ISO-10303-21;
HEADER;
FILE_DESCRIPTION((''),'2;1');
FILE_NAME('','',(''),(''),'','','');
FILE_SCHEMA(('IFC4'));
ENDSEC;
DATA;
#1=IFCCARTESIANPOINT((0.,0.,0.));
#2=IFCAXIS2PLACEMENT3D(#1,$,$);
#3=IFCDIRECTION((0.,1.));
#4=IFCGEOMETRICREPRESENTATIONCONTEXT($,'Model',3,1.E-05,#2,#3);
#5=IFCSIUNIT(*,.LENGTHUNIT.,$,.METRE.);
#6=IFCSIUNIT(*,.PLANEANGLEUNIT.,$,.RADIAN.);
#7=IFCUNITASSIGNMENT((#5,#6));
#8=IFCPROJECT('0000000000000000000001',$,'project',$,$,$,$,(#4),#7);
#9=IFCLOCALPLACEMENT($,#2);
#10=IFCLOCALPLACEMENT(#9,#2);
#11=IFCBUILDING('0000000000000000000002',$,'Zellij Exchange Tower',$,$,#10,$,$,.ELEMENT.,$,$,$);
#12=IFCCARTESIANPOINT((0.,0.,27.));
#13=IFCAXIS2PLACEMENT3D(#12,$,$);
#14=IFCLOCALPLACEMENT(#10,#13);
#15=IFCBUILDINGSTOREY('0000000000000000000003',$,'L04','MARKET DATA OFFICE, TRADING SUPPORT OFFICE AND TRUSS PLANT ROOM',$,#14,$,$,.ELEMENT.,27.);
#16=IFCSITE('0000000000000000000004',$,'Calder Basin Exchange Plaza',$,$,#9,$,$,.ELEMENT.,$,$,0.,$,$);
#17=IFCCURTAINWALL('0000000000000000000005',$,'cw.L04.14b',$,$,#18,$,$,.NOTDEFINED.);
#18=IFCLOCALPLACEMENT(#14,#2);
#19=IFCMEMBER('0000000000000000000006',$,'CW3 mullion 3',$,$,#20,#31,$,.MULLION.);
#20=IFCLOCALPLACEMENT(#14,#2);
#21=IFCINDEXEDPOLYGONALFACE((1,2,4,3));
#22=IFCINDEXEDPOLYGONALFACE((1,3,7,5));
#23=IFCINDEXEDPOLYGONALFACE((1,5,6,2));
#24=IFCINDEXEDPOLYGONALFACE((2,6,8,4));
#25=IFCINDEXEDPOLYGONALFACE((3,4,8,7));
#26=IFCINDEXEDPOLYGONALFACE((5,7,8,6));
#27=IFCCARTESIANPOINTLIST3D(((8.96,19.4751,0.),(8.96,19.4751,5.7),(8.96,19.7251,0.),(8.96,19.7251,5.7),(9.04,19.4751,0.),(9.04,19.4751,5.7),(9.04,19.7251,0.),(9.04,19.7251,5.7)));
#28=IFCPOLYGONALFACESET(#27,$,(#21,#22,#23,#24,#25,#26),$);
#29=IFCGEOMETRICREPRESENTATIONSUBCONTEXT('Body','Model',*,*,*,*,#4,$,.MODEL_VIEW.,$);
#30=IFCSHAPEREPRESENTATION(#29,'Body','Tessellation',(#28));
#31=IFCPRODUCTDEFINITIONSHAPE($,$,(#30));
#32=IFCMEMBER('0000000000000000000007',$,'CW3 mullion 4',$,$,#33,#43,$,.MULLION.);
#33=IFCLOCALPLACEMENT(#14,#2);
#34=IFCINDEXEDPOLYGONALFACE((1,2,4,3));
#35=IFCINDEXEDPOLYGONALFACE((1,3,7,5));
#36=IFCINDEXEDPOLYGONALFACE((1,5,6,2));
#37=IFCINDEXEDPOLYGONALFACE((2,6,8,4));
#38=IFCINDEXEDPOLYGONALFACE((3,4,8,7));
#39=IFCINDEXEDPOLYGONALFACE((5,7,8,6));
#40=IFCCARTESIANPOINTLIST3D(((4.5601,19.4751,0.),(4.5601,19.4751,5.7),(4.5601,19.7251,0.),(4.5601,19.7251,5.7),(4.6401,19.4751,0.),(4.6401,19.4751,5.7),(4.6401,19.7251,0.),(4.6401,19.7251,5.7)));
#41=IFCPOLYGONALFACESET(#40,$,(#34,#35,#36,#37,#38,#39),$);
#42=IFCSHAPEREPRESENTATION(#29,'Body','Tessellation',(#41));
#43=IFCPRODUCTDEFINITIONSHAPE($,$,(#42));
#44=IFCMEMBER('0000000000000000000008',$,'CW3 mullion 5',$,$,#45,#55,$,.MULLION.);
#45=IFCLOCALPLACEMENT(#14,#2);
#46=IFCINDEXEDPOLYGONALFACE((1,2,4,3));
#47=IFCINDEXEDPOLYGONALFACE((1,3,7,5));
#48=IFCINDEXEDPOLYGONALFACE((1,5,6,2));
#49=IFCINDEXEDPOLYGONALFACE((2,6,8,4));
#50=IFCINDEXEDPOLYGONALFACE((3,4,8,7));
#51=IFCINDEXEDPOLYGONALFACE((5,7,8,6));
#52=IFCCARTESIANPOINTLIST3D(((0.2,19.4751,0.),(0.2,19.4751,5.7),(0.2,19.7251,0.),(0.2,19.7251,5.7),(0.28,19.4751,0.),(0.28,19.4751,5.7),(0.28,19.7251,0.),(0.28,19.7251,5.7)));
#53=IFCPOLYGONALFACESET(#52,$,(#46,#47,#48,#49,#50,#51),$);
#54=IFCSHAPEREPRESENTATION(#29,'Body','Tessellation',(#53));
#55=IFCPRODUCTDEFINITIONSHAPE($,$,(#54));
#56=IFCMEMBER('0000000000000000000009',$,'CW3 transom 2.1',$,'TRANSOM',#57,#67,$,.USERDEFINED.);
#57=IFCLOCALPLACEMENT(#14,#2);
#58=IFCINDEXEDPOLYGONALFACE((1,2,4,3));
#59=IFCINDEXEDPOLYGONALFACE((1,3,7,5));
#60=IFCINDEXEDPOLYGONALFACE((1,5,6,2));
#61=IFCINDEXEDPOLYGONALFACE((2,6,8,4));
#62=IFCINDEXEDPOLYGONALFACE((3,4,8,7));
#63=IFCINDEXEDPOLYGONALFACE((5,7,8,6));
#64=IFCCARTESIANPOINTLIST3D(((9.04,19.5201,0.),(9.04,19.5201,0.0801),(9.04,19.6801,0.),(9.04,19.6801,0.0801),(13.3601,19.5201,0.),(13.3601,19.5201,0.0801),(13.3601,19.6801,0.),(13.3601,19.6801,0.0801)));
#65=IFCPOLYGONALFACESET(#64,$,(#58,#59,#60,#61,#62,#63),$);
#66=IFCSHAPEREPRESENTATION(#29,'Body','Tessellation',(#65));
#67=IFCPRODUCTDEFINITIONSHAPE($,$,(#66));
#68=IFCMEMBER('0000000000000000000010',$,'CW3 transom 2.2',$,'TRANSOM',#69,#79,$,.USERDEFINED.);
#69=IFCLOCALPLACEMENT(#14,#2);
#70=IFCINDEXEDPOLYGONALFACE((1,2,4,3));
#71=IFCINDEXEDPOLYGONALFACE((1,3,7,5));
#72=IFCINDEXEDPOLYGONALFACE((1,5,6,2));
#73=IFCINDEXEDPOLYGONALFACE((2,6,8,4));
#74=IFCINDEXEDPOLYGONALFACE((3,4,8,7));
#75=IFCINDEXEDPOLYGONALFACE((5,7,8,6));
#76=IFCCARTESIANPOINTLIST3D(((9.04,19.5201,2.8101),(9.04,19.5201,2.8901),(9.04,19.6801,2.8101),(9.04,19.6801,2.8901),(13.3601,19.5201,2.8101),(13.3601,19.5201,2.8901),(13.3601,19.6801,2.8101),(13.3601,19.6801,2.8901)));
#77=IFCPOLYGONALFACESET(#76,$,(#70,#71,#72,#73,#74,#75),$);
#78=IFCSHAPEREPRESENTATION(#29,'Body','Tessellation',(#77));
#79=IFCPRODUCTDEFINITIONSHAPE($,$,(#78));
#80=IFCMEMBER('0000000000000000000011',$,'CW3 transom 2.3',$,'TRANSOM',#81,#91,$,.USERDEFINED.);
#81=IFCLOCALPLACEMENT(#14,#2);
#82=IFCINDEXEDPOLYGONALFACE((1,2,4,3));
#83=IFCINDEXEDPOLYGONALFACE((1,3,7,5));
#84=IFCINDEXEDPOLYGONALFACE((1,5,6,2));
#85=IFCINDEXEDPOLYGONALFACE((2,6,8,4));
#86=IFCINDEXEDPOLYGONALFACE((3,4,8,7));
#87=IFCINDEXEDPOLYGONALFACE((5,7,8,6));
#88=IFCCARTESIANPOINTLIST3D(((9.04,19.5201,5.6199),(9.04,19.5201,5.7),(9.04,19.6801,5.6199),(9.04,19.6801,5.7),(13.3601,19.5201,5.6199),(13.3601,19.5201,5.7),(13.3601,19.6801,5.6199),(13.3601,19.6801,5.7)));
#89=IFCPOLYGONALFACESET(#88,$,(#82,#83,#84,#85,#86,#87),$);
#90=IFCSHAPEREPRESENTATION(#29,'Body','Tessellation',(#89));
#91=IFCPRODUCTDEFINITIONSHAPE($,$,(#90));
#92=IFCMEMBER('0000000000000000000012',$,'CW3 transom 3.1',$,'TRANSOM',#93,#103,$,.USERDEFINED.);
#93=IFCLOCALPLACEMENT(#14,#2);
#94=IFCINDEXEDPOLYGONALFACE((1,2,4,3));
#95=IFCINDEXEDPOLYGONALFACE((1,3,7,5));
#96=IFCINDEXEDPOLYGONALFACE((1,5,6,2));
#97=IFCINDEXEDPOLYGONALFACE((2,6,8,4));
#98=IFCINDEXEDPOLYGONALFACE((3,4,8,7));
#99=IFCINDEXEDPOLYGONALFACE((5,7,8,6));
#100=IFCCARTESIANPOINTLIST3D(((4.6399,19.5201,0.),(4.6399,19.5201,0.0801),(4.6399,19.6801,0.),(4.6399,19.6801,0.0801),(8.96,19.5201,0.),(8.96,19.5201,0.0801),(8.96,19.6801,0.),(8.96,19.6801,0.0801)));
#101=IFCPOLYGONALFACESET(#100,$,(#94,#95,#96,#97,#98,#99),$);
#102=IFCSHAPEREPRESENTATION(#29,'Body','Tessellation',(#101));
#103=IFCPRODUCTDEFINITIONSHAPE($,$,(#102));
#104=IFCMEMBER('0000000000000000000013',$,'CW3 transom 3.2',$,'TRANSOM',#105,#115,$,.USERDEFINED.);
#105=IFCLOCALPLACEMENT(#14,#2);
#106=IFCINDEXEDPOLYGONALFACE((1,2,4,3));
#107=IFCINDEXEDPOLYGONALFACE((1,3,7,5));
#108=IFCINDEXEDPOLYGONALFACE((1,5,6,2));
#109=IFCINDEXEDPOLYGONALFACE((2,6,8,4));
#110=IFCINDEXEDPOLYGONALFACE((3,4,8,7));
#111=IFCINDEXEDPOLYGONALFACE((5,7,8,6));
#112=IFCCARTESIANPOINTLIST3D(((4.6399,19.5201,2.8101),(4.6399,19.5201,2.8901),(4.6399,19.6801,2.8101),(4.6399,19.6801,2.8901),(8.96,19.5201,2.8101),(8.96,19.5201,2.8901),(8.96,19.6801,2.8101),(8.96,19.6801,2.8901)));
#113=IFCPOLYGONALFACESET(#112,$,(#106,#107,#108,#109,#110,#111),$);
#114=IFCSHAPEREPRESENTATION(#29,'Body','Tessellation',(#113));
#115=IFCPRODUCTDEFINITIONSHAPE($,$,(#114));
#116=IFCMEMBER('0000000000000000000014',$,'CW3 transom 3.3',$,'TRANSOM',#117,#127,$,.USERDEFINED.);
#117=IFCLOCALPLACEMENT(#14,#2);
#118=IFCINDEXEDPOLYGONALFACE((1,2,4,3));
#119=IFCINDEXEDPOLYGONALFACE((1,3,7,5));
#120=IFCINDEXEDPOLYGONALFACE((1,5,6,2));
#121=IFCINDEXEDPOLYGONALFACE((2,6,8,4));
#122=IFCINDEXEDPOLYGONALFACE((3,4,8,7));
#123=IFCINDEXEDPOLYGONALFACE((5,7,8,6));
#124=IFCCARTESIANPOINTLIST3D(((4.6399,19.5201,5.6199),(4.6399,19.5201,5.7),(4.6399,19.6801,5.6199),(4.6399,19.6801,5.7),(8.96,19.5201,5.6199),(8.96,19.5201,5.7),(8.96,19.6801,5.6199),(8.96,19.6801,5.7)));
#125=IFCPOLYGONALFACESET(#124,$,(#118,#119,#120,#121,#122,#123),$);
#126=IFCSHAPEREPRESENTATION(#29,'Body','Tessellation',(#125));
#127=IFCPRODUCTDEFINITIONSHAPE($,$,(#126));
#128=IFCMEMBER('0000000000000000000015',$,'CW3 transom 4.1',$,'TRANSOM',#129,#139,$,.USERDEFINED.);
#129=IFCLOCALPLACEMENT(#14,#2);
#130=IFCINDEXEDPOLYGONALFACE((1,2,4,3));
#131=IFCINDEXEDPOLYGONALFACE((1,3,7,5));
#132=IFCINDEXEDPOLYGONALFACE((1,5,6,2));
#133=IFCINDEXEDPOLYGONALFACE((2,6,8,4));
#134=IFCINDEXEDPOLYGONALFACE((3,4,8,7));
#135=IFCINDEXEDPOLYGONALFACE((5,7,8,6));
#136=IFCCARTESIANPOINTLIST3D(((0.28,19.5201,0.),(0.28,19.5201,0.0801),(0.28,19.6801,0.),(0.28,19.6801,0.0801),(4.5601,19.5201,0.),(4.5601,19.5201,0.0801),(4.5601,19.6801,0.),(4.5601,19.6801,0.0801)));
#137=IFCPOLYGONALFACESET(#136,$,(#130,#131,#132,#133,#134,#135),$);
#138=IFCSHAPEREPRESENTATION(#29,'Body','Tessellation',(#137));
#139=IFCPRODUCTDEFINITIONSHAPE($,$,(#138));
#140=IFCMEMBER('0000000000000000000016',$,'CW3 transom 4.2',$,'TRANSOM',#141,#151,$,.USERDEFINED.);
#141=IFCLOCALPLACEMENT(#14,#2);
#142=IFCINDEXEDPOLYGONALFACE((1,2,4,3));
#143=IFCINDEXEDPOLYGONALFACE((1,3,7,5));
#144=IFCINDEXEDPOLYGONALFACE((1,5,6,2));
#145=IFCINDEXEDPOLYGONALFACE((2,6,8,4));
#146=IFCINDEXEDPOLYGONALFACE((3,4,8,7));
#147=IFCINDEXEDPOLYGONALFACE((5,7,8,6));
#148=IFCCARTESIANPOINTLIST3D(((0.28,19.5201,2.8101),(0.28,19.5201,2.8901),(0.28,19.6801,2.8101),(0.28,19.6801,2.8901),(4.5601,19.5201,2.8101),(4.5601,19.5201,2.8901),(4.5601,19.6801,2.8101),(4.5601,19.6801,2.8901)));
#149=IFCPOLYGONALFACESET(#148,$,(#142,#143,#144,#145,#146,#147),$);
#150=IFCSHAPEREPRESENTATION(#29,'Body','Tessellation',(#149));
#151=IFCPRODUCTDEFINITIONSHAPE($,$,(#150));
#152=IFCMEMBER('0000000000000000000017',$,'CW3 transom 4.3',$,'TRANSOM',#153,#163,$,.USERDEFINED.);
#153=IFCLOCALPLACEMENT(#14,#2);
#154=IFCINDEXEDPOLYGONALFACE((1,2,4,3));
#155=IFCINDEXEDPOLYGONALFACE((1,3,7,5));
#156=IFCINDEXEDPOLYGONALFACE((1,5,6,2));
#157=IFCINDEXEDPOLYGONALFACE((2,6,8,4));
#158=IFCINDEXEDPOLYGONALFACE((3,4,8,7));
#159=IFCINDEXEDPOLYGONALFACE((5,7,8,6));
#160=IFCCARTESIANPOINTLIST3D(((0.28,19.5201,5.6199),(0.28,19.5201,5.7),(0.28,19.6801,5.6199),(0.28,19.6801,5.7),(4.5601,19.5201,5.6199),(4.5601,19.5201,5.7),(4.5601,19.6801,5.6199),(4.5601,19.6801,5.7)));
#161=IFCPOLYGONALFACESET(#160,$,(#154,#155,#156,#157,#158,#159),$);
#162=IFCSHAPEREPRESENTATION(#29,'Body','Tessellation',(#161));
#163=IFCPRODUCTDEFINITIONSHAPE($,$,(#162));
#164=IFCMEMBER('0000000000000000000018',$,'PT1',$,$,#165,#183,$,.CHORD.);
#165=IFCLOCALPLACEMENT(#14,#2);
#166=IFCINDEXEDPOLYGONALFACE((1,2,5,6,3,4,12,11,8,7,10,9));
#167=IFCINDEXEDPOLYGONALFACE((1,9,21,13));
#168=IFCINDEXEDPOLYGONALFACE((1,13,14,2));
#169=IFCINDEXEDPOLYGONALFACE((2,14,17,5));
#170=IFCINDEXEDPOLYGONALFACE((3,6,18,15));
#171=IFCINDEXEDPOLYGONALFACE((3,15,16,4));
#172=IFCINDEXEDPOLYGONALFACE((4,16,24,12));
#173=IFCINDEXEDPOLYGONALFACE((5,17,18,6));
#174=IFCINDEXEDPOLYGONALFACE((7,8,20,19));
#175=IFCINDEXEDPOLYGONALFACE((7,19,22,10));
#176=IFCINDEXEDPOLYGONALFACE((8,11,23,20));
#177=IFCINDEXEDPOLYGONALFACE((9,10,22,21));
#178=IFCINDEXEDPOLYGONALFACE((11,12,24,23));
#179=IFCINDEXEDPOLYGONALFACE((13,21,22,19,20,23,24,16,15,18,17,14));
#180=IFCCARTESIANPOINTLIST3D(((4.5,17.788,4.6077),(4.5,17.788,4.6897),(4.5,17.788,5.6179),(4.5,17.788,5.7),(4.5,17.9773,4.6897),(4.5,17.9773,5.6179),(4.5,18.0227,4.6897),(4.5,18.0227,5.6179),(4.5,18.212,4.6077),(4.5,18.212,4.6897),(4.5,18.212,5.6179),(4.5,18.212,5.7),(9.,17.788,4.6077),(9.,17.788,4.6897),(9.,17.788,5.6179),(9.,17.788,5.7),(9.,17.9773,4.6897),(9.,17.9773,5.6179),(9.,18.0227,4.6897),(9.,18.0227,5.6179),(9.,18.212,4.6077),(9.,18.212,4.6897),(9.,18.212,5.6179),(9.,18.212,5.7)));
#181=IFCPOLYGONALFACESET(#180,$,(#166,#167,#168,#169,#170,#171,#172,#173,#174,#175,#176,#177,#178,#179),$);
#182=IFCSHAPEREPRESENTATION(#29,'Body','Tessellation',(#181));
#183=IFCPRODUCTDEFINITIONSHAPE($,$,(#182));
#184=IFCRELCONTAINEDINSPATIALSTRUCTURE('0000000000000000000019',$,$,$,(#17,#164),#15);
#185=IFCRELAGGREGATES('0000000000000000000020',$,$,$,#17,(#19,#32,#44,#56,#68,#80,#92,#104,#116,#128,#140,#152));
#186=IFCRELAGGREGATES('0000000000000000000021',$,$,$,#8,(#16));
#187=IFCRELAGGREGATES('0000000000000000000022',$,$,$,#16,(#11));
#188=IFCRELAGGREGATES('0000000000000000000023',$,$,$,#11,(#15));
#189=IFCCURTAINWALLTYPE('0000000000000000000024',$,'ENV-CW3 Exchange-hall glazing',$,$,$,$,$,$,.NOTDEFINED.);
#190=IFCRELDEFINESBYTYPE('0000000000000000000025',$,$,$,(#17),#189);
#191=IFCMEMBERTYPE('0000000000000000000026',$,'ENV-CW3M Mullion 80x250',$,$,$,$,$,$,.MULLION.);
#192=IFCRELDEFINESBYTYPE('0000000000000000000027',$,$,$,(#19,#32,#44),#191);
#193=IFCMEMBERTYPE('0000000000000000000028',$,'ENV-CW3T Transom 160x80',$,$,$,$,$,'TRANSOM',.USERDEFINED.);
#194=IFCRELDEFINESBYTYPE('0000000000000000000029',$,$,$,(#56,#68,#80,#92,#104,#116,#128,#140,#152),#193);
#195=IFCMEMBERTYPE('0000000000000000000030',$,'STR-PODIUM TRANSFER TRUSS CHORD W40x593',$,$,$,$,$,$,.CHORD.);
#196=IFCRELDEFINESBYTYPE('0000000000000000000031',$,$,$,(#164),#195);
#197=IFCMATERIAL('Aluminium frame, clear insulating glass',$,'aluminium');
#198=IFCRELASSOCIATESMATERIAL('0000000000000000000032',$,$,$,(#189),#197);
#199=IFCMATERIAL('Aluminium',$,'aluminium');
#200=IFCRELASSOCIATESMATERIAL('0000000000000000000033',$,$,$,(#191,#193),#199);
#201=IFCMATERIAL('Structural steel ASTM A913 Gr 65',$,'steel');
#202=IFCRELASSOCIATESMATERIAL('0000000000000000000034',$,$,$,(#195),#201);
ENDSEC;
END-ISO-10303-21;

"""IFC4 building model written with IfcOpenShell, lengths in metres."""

from ifc_helpers import new_model, si_unit, direction, frame, origin, origin_2d, place, context, subcontext, project, spatial, rectangle, i_section, extrude, material, material_profile, profile_set, type_object, element, aggregate, save


model = new_model("IFC4")

# Units and contexts
model_context = context("Model", 3, precision=1e-05, world=origin(), true_north=direction((0.0, 1.0)))
body_context = subcontext(model_context, "Body", "Model", "MODEL_VIEW")
ifc_project = project(units=[si_unit("LENGTHUNIT", "METRE"), si_unit("PLANEANGLEUNIT", "RADIAN")], contexts=[model_context])

# Site, building, storey
site_placement = place(None, origin())
site = spatial("IfcSite", under=ifc_project, at=site_placement, Name="Calder Basin Exchange Plaza", CompositionType="ELEMENT", RefElevation=0.0)
building_placement = place(site_placement, origin())
building = spatial("IfcBuilding", under=site, at=building_placement, Name="Zellij Exchange Tower", CompositionType="ELEMENT")
storey_placement = place(building_placement, frame((0.0, 0.0, 27.0)))
storey = spatial("IfcBuildingStorey", under=building, at=storey_placement, Name="L04", Description="MARKET DATA OFFICE, TRADING SUPPORT OFFICE AND TRUSS PLANT ROOM", CompositionType="ELEMENT", Elevation=27.0)

# Curtain wall, members
ifc_material_1 = material(Name="Aluminium frame, clear insulating glass", Category="aluminium")
curtain_wall_type = type_object("IfcCurtainWallType", Name="ENV-CW3 Exchange-hall glazing", PredefinedType="NOTDEFINED", material=ifc_material_1)
curtain_wall_placement = place(storey_placement, origin())
curtain_wall = element("IfcCurtainWall", 1, at=curtain_wall_placement, inside=storey, type_object=curtain_wall_type, Name="cw.L04.14b", PredefinedType="NOTDEFINED")
ifc_material_2 = material(Name="Aluminium", Category="aluminium")
ifc_material_profile_1 = material_profile(ifc_material_2, rectangle(XDim=0.0801, YDim=0.25, at=origin_2d()), Name="AL 80x250")
ifc_profile_set_1 = profile_set([ifc_material_profile_1], Name="Aluminium")
member_type_1 = type_object("IfcMemberType", Name="ENV-CW3M Mullion 80x250", PredefinedType="MULLION", material=ifc_profile_set_1)
member_1_placement = place(storey_placement, frame((9.0, 19.6001, 0.0), z_axis=(0.0, 0.0, 1.0), x_axis=(-1.0, 0.0, 0.0)))
member_1 = element("IfcMember", 2, at=member_1_placement, type_object=member_type_1, Name="CW3 mullion 3", PredefinedType="MULLION", context=body_context, shape_type="SweptSolid", body=[
    extrude(rectangle(XDim=0.0801, YDim=0.25, at=origin_2d()), origin(), (0.0, 0.0, 1.0), 5.7),
])
member_2_placement = place(storey_placement, frame((4.6001, 19.6001, 0.0), z_axis=(0.0, 0.0, 1.0), x_axis=(-1.0, 0.0, 0.0)))
member_2 = element("IfcMember", 3, at=member_2_placement, type_object=member_type_1, Name="CW3 mullion 4", PredefinedType="MULLION", context=body_context, shape_type="SweptSolid", body=[
    extrude(rectangle(XDim=0.0801, YDim=0.25, at=origin_2d()), origin(), (0.0, 0.0, 1.0), 5.7),
])
member_3_placement = place(storey_placement, frame((0.24, 19.6001, 0.0), z_axis=(0.0, 0.0, 1.0), x_axis=(-1.0, 0.0, 0.0)))
member_3 = element("IfcMember", 4, at=member_3_placement, type_object=member_type_1, Name="CW3 mullion 5", PredefinedType="MULLION", context=body_context, shape_type="SweptSolid", body=[
    extrude(rectangle(XDim=0.0801, YDim=0.25, at=origin_2d()), origin(), (0.0, 0.0, 1.0), 5.7),
])
ifc_material_profile_2 = material_profile(ifc_material_2, rectangle(XDim=0.1599, YDim=0.0801, at=origin_2d()), Name="AL 160x80")
ifc_profile_set_2 = profile_set([ifc_material_profile_2], Name="Aluminium")
member_type_2 = type_object("IfcMemberType", Name="ENV-CW3T Transom 160x80", ElementType="TRANSOM", PredefinedType="USERDEFINED", material=ifc_profile_set_2)
member_4_placement = place(storey_placement, frame((13.3601, 19.6001, 0.04), z_axis=(-1.0, 0.0, 0.0), x_axis=(0.0, -1.0, 0.0)))
member_4 = element("IfcMember", 5, at=member_4_placement, type_object=member_type_2, Name="CW3 transom 2.1", ObjectType="TRANSOM", PredefinedType="USERDEFINED", context=body_context, shape_type="SweptSolid", body=[
    extrude(rectangle(XDim=0.1599, YDim=0.0801, at=origin_2d()), origin(), (0.0, 0.0, 1.0), 4.3201),
])
member_5_placement = place(storey_placement, frame((13.3601, 19.6001, 2.8501), z_axis=(-1.0, 0.0, 0.0), x_axis=(0.0, -1.0, 0.0)))
member_5 = element("IfcMember", 6, at=member_5_placement, type_object=member_type_2, Name="CW3 transom 2.2", ObjectType="TRANSOM", PredefinedType="USERDEFINED", context=body_context, shape_type="SweptSolid", body=[
    extrude(rectangle(XDim=0.1599, YDim=0.0801, at=origin_2d()), origin(), (0.0, 0.0, 1.0), 4.3201),
])
member_6_placement = place(storey_placement, frame((13.3601, 19.6001, 5.6599), z_axis=(-1.0, 0.0, 0.0), x_axis=(0.0, -1.0, 0.0)))
member_6 = element("IfcMember", 7, at=member_6_placement, type_object=member_type_2, Name="CW3 transom 2.3", ObjectType="TRANSOM", PredefinedType="USERDEFINED", context=body_context, shape_type="SweptSolid", body=[
    extrude(rectangle(XDim=0.1599, YDim=0.0801, at=origin_2d()), origin(), (0.0, 0.0, 1.0), 4.3201),
])
member_7_placement = place(storey_placement, frame((8.96, 19.6001, 0.04), z_axis=(-1.0, 0.0, 0.0), x_axis=(0.0, -1.0, 0.0)))
member_7 = element("IfcMember", 8, at=member_7_placement, type_object=member_type_2, Name="CW3 transom 3.1", ObjectType="TRANSOM", PredefinedType="USERDEFINED", context=body_context, shape_type="SweptSolid", body=[
    extrude(rectangle(XDim=0.1599, YDim=0.0801, at=origin_2d()), origin(), (0.0, 0.0, 1.0), 4.3201),
])
member_8_placement = place(storey_placement, frame((8.96, 19.6001, 2.8501), z_axis=(-1.0, 0.0, 0.0), x_axis=(0.0, -1.0, 0.0)))
member_8 = element("IfcMember", 9, at=member_8_placement, type_object=member_type_2, Name="CW3 transom 3.2", ObjectType="TRANSOM", PredefinedType="USERDEFINED", context=body_context, shape_type="SweptSolid", body=[
    extrude(rectangle(XDim=0.1599, YDim=0.0801, at=origin_2d()), origin(), (0.0, 0.0, 1.0), 4.3201),
])
member_9_placement = place(storey_placement, frame((8.96, 19.6001, 5.6599), z_axis=(-1.0, 0.0, 0.0), x_axis=(0.0, -1.0, 0.0)))
member_9 = element("IfcMember", 10, at=member_9_placement, type_object=member_type_2, Name="CW3 transom 3.3", ObjectType="TRANSOM", PredefinedType="USERDEFINED", context=body_context, shape_type="SweptSolid", body=[
    extrude(rectangle(XDim=0.1599, YDim=0.0801, at=origin_2d()), origin(), (0.0, 0.0, 1.0), 4.3201),
])
member_10_placement = place(storey_placement, frame((4.5601, 19.6001, 0.04), z_axis=(-1.0, 0.0, 0.0), x_axis=(0.0, -1.0, 0.0)))
member_10 = element("IfcMember", 11, at=member_10_placement, type_object=member_type_2, Name="CW3 transom 4.1", ObjectType="TRANSOM", PredefinedType="USERDEFINED", context=body_context, shape_type="SweptSolid", body=[
    extrude(rectangle(XDim=0.1599, YDim=0.0801, at=origin_2d()), origin(), (0.0, 0.0, 1.0), 4.28),
])
member_11_placement = place(storey_placement, frame((4.5601, 19.6001, 2.8501), z_axis=(-1.0, 0.0, 0.0), x_axis=(0.0, -1.0, 0.0)))
member_11 = element("IfcMember", 12, at=member_11_placement, type_object=member_type_2, Name="CW3 transom 4.2", ObjectType="TRANSOM", PredefinedType="USERDEFINED", context=body_context, shape_type="SweptSolid", body=[
    extrude(rectangle(XDim=0.1599, YDim=0.0801, at=origin_2d()), origin(), (0.0, 0.0, 1.0), 4.28),
])
member_12_placement = place(storey_placement, frame((4.5601, 19.6001, 5.6599), z_axis=(-1.0, 0.0, 0.0), x_axis=(0.0, -1.0, 0.0)))
member_12 = element("IfcMember", 13, at=member_12_placement, type_object=member_type_2, Name="CW3 transom 4.3", ObjectType="TRANSOM", PredefinedType="USERDEFINED", context=body_context, shape_type="SweptSolid", body=[
    extrude(rectangle(XDim=0.1599, YDim=0.0801, at=origin_2d()), origin(), (0.0, 0.0, 1.0), 4.28),
])

# Member
ifc_material_3 = material(Name="Structural steel ASTM A913 Gr 65", Category="steel")
ifc_material_profile_3 = material_profile(ifc_material_3, i_section(OverallWidth=0.4241, OverallDepth=1.0923, WebThickness=0.0454, FlangeThickness=0.082, at=origin_2d()), Name="W40x593")
ifc_profile_set_3 = profile_set([ifc_material_profile_3], Name="Structural steel ASTM A913 Gr 65")
member_type_3 = type_object("IfcMemberType", Name="STR-PODIUM TRANSFER TRUSS CHORD W40x593", PredefinedType="CHORD", material=ifc_profile_set_3)
for number, where, z_axis, x_axis, name in (
    (14, (4.5, 18.0, 5.1538), (1.0, 0.0, 0.0), (0.0, 1.0, 0.0), "PT1"),
):
    element("IfcMember", number, at=place(storey_placement, frame(where, z_axis=z_axis, x_axis=x_axis)), inside=storey, type_object=member_type_3, Name=name, PredefinedType="CHORD", context=body_context, shape_type="SweptSolid", body=[
        extrude(i_section(OverallWidth=0.4241, OverallDepth=1.0923, WebThickness=0.0454, FlangeThickness=0.082, at=origin_2d()), origin(), (0.0, 0.0, 1.0), 4.5),
    ])

aggregate(curtain_wall, [member_1, member_2, member_3, member_4, member_5, member_6, member_7, member_8, member_9, member_10, member_11, member_12])

save(model, "model.ifc")
